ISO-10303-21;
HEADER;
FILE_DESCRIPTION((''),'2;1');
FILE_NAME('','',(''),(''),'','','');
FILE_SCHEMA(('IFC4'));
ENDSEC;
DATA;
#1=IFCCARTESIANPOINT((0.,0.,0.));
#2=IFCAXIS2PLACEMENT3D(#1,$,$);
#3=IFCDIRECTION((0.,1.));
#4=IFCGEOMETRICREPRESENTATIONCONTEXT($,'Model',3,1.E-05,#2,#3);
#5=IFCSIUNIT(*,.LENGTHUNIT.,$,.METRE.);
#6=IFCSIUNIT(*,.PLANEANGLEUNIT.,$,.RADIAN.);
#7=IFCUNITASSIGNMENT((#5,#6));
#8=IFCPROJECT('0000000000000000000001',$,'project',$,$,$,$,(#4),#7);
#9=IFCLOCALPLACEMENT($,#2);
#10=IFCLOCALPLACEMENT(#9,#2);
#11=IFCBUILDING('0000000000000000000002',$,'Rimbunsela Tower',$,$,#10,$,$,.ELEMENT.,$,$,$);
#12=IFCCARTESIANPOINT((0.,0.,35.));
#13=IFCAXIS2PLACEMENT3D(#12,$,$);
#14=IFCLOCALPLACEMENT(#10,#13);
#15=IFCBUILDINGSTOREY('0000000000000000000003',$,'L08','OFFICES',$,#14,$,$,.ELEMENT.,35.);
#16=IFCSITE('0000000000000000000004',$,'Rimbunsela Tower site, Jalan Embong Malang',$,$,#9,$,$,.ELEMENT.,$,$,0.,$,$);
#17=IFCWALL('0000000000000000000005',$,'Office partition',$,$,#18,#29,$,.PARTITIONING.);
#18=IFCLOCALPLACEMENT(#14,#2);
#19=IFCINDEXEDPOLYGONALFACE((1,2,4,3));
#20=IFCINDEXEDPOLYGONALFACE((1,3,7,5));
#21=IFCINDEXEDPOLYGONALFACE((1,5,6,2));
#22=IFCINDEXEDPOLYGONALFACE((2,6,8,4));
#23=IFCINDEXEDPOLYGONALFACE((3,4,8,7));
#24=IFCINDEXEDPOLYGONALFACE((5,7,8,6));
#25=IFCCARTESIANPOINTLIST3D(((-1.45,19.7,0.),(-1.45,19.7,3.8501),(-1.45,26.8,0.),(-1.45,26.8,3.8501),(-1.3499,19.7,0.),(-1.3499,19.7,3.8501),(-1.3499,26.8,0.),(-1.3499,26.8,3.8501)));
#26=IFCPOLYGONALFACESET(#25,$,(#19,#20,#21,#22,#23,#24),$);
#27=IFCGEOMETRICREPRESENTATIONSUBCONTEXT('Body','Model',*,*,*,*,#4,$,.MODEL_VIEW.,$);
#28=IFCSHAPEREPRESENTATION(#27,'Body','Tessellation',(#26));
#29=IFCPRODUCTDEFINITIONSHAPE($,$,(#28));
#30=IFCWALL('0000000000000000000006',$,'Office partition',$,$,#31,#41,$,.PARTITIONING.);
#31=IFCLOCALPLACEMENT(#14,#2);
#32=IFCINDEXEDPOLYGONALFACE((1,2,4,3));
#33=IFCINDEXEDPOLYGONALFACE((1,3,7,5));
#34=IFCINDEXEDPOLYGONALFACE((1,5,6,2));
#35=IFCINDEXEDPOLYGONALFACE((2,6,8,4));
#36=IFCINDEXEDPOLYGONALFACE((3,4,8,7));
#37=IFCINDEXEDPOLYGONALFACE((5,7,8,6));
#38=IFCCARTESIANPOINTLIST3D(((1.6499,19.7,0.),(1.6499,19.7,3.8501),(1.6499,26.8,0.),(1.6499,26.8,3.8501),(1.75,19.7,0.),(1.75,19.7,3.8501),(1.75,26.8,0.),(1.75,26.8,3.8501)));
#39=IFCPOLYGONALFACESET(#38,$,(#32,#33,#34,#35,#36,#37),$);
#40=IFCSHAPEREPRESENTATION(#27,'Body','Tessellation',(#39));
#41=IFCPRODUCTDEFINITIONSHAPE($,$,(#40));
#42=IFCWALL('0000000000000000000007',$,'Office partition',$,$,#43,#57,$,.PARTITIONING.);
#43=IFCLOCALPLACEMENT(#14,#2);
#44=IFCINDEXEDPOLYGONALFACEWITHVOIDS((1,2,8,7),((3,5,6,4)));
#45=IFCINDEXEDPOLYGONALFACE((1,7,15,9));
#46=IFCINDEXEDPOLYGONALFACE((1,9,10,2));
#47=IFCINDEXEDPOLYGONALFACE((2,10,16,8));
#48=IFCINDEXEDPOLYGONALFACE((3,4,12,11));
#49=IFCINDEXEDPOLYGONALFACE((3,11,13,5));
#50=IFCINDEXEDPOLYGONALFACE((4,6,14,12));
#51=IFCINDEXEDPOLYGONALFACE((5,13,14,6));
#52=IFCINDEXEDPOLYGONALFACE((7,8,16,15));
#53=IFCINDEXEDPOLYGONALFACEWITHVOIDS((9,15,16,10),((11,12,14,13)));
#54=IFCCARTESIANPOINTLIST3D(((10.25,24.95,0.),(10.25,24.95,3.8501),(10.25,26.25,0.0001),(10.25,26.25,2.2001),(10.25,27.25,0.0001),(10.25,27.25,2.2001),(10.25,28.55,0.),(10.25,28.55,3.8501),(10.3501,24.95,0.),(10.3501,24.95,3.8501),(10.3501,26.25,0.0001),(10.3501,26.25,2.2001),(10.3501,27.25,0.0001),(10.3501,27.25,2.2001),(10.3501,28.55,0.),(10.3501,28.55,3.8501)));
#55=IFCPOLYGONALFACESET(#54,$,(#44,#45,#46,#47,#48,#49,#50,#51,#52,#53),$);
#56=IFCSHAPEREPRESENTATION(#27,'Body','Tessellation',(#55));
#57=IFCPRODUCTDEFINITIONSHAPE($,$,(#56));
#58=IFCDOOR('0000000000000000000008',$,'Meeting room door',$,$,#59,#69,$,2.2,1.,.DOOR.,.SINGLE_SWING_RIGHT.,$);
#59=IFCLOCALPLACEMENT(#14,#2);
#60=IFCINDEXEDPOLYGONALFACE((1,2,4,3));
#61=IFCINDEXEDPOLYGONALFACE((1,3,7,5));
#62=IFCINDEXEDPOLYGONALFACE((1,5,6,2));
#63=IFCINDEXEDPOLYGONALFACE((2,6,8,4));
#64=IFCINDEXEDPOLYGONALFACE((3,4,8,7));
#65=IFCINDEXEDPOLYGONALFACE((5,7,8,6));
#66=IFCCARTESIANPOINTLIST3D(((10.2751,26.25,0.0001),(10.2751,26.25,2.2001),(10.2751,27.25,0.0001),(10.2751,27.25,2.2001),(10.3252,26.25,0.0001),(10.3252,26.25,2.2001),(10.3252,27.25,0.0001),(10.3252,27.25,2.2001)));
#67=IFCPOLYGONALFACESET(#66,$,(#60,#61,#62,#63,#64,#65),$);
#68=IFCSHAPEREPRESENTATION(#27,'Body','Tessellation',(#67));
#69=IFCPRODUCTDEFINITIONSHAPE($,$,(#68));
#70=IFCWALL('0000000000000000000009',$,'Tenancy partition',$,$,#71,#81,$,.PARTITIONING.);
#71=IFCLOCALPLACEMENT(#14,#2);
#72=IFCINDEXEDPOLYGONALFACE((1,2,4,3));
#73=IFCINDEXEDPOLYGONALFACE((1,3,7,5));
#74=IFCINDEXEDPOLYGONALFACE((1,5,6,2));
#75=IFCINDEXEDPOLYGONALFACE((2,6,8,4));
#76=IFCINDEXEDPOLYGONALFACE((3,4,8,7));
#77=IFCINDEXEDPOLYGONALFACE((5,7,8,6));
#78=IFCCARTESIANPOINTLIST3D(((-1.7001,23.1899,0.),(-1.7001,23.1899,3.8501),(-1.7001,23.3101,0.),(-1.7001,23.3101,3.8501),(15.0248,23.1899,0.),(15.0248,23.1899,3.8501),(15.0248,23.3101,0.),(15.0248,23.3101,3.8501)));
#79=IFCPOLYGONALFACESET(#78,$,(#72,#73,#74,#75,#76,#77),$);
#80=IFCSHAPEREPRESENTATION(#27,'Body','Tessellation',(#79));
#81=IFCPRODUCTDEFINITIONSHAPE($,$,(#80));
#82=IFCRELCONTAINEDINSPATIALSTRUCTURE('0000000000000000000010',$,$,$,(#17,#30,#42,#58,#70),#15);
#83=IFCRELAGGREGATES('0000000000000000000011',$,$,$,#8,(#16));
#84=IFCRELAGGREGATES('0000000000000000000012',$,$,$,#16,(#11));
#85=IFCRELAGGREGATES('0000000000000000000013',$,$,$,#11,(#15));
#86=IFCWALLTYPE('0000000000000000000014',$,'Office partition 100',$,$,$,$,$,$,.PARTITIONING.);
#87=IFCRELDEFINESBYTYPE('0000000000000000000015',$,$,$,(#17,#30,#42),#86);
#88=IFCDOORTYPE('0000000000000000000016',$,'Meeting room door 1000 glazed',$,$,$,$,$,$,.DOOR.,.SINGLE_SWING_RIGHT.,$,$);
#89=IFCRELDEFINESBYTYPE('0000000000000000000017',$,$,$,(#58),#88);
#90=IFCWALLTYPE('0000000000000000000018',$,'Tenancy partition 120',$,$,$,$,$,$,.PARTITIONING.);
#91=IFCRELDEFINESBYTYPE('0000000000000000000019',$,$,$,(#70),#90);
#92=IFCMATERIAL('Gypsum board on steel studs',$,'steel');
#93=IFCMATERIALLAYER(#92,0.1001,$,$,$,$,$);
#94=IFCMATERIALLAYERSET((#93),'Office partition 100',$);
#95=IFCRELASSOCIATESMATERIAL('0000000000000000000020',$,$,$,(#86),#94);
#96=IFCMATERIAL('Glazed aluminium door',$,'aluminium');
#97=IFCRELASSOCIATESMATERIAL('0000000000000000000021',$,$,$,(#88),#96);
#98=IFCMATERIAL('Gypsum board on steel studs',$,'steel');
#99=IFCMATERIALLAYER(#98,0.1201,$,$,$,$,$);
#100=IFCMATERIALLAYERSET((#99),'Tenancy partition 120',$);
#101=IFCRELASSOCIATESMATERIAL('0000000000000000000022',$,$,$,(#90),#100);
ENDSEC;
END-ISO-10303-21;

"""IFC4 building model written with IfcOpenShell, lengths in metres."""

from ifc_helpers import new_model, si_unit, direction, frame, frame_2d, origin, place, context, subcontext, project, spatial, rectangle, extrude, material, layer, layer_set, type_object, element, fill, save


model = new_model("IFC4")

# Units and contexts
model_context = context("Model", 3, precision=1e-05, world=origin(), true_north=direction((0.0, 1.0)))
body_context = subcontext(model_context, "Body", "Model", "MODEL_VIEW")
ifc_project = project(units=[si_unit("LENGTHUNIT", "METRE"), si_unit("PLANEANGLEUNIT", "RADIAN")], contexts=[model_context])

# Site, building, storey
site_placement = place(None, origin())
site = spatial("IfcSite", under=ifc_project, at=site_placement, Name="Rimbunsela Tower site, Jalan Embong Malang", CompositionType="ELEMENT", RefElevation=0.0)
building_placement = place(site_placement, origin())
building = spatial("IfcBuilding", under=site, at=building_placement, Name="Rimbunsela Tower", CompositionType="ELEMENT")
storey_placement = place(building_placement, frame((0.0, 0.0, 35.0)))
storey = spatial("IfcBuildingStorey", under=building, at=storey_placement, Name="L08", Description="OFFICES", CompositionType="ELEMENT", Elevation=35.0)

# Shared definitions
ifc_material_1 = material(Name="Gypsum board on steel studs", Category="steel")
ifc_layer_1 = layer(ifc_material_1, 0.1001)
ifc_layer_set_1 = layer_set([ifc_layer_1], Name="Office partition 100")
wall_type_1 = type_object("IfcWallType", Name="Office partition 100", PredefinedType="PARTITIONING", material=ifc_layer_set_1)

# Walls
for number, where, z_axis, x_axis, name in (
    (1, (-1.3999, 19.7, 0.0), (0.0, 0.0, 1.0), (0.0, 1.0, 0.0), "Office partition"),
    (2, (1.7, 19.7, 0.0), (0.0, 0.0, 1.0), (0.0, 1.0, 0.0), "Office partition"),
):
    element("IfcWall", number, at=place(storey_placement, frame(where, z_axis=z_axis, x_axis=x_axis)), inside=storey, type_object=wall_type_1, Name=name, PredefinedType="PARTITIONING", context=body_context, shape_type="SweptSolid", body=[
        extrude(rectangle(XDim=7.1001, YDim=0.1001, at=frame_2d((3.55, 0.0))), origin(), (0.0, 0.0, 1.0), 3.8501),
    ])

# Wall, opening, door
wall_1_placement = place(storey_placement, frame((10.3, 24.95, 0.0), z_axis=(0.0, 0.0, 1.0), x_axis=(0.0, 1.0, 0.0)))
wall_1 = element("IfcWall", 3, at=wall_1_placement, inside=storey, type_object=wall_type_1, Name="Office partition", PredefinedType="PARTITIONING", context=body_context, shape_type="SweptSolid", body=[
    extrude(rectangle(XDim=3.6001, YDim=0.1001, at=frame_2d((1.8, 0.0))), origin(), (0.0, 0.0, 1.0), 3.8501),
])
opening_1_placement = place(wall_1_placement, frame((1.3, 0.0, 0.0)))
opening_1 = element("IfcOpeningElement", 4, at=opening_1_placement, cuts=wall_1, PredefinedType="OPENING", context=body_context, shape_type="SweptSolid", body=[
    extrude(rectangle(XDim=1.0, YDim=2.2, at=frame_2d((0.5, 1.1001))), frame((0.0, 0.0601, 0.0), z_axis=(0.0, -1.0, 0.0), x_axis=(1.0, 0.0, 0.0)), (0.0, 0.0, 1.0), 0.1201),
])
ifc_material_2 = material(Name="Glazed aluminium door", Category="aluminium")
door_type_1 = type_object("IfcDoorType", Name="Meeting room door 1000 glazed", OperationType="SINGLE_SWING_RIGHT", PredefinedType="DOOR", material=ifc_material_2)
door_1_placement = place(opening_1_placement, origin())
door_1 = element("IfcDoor", 5, at=door_1_placement, inside=storey, type_object=door_type_1, Name="Meeting room door", OperationType="SINGLE_SWING_RIGHT", OverallHeight=2.2, OverallWidth=1.0, PredefinedType="DOOR", context=body_context, shape_type="SweptSolid", body=[
    extrude(rectangle(XDim=1.0, YDim=2.2, at=frame_2d((0.5, 1.1001))), frame((0.0, 0.0249, 0.0), z_axis=(0.0, -1.0, 0.0), x_axis=(1.0, 0.0, 0.0)), (0.0, 0.0, 1.0), 0.05),
])
fill(opening_1, door_1)

# Wall
ifc_material_3 = material(Name="Gypsum board on steel studs", Category="steel")
ifc_layer_2 = layer(ifc_material_3, 0.1201)
ifc_layer_set_2 = layer_set([ifc_layer_2], Name="Tenancy partition 120")
wall_type_2 = type_object("IfcWallType", Name="Tenancy partition 120", PredefinedType="PARTITIONING", material=ifc_layer_set_2)
wall_2_placement = place(storey_placement, frame((-1.7, 23.25, 0.0), z_axis=(0.0, 0.0, 1.0), x_axis=(1.0, 0.0, 0.0)))
element("IfcWall", 6, at=wall_2_placement, inside=storey, type_object=wall_type_2, Name="Tenancy partition", PredefinedType="PARTITIONING", context=body_context, shape_type="SweptSolid", body=[
    extrude(rectangle(XDim=16.7249, YDim=0.1201, at=frame_2d((8.3623, 0.0))), origin(), (0.0, 0.0, 1.0), 3.8501),
])

save(model, "model.ifc")
